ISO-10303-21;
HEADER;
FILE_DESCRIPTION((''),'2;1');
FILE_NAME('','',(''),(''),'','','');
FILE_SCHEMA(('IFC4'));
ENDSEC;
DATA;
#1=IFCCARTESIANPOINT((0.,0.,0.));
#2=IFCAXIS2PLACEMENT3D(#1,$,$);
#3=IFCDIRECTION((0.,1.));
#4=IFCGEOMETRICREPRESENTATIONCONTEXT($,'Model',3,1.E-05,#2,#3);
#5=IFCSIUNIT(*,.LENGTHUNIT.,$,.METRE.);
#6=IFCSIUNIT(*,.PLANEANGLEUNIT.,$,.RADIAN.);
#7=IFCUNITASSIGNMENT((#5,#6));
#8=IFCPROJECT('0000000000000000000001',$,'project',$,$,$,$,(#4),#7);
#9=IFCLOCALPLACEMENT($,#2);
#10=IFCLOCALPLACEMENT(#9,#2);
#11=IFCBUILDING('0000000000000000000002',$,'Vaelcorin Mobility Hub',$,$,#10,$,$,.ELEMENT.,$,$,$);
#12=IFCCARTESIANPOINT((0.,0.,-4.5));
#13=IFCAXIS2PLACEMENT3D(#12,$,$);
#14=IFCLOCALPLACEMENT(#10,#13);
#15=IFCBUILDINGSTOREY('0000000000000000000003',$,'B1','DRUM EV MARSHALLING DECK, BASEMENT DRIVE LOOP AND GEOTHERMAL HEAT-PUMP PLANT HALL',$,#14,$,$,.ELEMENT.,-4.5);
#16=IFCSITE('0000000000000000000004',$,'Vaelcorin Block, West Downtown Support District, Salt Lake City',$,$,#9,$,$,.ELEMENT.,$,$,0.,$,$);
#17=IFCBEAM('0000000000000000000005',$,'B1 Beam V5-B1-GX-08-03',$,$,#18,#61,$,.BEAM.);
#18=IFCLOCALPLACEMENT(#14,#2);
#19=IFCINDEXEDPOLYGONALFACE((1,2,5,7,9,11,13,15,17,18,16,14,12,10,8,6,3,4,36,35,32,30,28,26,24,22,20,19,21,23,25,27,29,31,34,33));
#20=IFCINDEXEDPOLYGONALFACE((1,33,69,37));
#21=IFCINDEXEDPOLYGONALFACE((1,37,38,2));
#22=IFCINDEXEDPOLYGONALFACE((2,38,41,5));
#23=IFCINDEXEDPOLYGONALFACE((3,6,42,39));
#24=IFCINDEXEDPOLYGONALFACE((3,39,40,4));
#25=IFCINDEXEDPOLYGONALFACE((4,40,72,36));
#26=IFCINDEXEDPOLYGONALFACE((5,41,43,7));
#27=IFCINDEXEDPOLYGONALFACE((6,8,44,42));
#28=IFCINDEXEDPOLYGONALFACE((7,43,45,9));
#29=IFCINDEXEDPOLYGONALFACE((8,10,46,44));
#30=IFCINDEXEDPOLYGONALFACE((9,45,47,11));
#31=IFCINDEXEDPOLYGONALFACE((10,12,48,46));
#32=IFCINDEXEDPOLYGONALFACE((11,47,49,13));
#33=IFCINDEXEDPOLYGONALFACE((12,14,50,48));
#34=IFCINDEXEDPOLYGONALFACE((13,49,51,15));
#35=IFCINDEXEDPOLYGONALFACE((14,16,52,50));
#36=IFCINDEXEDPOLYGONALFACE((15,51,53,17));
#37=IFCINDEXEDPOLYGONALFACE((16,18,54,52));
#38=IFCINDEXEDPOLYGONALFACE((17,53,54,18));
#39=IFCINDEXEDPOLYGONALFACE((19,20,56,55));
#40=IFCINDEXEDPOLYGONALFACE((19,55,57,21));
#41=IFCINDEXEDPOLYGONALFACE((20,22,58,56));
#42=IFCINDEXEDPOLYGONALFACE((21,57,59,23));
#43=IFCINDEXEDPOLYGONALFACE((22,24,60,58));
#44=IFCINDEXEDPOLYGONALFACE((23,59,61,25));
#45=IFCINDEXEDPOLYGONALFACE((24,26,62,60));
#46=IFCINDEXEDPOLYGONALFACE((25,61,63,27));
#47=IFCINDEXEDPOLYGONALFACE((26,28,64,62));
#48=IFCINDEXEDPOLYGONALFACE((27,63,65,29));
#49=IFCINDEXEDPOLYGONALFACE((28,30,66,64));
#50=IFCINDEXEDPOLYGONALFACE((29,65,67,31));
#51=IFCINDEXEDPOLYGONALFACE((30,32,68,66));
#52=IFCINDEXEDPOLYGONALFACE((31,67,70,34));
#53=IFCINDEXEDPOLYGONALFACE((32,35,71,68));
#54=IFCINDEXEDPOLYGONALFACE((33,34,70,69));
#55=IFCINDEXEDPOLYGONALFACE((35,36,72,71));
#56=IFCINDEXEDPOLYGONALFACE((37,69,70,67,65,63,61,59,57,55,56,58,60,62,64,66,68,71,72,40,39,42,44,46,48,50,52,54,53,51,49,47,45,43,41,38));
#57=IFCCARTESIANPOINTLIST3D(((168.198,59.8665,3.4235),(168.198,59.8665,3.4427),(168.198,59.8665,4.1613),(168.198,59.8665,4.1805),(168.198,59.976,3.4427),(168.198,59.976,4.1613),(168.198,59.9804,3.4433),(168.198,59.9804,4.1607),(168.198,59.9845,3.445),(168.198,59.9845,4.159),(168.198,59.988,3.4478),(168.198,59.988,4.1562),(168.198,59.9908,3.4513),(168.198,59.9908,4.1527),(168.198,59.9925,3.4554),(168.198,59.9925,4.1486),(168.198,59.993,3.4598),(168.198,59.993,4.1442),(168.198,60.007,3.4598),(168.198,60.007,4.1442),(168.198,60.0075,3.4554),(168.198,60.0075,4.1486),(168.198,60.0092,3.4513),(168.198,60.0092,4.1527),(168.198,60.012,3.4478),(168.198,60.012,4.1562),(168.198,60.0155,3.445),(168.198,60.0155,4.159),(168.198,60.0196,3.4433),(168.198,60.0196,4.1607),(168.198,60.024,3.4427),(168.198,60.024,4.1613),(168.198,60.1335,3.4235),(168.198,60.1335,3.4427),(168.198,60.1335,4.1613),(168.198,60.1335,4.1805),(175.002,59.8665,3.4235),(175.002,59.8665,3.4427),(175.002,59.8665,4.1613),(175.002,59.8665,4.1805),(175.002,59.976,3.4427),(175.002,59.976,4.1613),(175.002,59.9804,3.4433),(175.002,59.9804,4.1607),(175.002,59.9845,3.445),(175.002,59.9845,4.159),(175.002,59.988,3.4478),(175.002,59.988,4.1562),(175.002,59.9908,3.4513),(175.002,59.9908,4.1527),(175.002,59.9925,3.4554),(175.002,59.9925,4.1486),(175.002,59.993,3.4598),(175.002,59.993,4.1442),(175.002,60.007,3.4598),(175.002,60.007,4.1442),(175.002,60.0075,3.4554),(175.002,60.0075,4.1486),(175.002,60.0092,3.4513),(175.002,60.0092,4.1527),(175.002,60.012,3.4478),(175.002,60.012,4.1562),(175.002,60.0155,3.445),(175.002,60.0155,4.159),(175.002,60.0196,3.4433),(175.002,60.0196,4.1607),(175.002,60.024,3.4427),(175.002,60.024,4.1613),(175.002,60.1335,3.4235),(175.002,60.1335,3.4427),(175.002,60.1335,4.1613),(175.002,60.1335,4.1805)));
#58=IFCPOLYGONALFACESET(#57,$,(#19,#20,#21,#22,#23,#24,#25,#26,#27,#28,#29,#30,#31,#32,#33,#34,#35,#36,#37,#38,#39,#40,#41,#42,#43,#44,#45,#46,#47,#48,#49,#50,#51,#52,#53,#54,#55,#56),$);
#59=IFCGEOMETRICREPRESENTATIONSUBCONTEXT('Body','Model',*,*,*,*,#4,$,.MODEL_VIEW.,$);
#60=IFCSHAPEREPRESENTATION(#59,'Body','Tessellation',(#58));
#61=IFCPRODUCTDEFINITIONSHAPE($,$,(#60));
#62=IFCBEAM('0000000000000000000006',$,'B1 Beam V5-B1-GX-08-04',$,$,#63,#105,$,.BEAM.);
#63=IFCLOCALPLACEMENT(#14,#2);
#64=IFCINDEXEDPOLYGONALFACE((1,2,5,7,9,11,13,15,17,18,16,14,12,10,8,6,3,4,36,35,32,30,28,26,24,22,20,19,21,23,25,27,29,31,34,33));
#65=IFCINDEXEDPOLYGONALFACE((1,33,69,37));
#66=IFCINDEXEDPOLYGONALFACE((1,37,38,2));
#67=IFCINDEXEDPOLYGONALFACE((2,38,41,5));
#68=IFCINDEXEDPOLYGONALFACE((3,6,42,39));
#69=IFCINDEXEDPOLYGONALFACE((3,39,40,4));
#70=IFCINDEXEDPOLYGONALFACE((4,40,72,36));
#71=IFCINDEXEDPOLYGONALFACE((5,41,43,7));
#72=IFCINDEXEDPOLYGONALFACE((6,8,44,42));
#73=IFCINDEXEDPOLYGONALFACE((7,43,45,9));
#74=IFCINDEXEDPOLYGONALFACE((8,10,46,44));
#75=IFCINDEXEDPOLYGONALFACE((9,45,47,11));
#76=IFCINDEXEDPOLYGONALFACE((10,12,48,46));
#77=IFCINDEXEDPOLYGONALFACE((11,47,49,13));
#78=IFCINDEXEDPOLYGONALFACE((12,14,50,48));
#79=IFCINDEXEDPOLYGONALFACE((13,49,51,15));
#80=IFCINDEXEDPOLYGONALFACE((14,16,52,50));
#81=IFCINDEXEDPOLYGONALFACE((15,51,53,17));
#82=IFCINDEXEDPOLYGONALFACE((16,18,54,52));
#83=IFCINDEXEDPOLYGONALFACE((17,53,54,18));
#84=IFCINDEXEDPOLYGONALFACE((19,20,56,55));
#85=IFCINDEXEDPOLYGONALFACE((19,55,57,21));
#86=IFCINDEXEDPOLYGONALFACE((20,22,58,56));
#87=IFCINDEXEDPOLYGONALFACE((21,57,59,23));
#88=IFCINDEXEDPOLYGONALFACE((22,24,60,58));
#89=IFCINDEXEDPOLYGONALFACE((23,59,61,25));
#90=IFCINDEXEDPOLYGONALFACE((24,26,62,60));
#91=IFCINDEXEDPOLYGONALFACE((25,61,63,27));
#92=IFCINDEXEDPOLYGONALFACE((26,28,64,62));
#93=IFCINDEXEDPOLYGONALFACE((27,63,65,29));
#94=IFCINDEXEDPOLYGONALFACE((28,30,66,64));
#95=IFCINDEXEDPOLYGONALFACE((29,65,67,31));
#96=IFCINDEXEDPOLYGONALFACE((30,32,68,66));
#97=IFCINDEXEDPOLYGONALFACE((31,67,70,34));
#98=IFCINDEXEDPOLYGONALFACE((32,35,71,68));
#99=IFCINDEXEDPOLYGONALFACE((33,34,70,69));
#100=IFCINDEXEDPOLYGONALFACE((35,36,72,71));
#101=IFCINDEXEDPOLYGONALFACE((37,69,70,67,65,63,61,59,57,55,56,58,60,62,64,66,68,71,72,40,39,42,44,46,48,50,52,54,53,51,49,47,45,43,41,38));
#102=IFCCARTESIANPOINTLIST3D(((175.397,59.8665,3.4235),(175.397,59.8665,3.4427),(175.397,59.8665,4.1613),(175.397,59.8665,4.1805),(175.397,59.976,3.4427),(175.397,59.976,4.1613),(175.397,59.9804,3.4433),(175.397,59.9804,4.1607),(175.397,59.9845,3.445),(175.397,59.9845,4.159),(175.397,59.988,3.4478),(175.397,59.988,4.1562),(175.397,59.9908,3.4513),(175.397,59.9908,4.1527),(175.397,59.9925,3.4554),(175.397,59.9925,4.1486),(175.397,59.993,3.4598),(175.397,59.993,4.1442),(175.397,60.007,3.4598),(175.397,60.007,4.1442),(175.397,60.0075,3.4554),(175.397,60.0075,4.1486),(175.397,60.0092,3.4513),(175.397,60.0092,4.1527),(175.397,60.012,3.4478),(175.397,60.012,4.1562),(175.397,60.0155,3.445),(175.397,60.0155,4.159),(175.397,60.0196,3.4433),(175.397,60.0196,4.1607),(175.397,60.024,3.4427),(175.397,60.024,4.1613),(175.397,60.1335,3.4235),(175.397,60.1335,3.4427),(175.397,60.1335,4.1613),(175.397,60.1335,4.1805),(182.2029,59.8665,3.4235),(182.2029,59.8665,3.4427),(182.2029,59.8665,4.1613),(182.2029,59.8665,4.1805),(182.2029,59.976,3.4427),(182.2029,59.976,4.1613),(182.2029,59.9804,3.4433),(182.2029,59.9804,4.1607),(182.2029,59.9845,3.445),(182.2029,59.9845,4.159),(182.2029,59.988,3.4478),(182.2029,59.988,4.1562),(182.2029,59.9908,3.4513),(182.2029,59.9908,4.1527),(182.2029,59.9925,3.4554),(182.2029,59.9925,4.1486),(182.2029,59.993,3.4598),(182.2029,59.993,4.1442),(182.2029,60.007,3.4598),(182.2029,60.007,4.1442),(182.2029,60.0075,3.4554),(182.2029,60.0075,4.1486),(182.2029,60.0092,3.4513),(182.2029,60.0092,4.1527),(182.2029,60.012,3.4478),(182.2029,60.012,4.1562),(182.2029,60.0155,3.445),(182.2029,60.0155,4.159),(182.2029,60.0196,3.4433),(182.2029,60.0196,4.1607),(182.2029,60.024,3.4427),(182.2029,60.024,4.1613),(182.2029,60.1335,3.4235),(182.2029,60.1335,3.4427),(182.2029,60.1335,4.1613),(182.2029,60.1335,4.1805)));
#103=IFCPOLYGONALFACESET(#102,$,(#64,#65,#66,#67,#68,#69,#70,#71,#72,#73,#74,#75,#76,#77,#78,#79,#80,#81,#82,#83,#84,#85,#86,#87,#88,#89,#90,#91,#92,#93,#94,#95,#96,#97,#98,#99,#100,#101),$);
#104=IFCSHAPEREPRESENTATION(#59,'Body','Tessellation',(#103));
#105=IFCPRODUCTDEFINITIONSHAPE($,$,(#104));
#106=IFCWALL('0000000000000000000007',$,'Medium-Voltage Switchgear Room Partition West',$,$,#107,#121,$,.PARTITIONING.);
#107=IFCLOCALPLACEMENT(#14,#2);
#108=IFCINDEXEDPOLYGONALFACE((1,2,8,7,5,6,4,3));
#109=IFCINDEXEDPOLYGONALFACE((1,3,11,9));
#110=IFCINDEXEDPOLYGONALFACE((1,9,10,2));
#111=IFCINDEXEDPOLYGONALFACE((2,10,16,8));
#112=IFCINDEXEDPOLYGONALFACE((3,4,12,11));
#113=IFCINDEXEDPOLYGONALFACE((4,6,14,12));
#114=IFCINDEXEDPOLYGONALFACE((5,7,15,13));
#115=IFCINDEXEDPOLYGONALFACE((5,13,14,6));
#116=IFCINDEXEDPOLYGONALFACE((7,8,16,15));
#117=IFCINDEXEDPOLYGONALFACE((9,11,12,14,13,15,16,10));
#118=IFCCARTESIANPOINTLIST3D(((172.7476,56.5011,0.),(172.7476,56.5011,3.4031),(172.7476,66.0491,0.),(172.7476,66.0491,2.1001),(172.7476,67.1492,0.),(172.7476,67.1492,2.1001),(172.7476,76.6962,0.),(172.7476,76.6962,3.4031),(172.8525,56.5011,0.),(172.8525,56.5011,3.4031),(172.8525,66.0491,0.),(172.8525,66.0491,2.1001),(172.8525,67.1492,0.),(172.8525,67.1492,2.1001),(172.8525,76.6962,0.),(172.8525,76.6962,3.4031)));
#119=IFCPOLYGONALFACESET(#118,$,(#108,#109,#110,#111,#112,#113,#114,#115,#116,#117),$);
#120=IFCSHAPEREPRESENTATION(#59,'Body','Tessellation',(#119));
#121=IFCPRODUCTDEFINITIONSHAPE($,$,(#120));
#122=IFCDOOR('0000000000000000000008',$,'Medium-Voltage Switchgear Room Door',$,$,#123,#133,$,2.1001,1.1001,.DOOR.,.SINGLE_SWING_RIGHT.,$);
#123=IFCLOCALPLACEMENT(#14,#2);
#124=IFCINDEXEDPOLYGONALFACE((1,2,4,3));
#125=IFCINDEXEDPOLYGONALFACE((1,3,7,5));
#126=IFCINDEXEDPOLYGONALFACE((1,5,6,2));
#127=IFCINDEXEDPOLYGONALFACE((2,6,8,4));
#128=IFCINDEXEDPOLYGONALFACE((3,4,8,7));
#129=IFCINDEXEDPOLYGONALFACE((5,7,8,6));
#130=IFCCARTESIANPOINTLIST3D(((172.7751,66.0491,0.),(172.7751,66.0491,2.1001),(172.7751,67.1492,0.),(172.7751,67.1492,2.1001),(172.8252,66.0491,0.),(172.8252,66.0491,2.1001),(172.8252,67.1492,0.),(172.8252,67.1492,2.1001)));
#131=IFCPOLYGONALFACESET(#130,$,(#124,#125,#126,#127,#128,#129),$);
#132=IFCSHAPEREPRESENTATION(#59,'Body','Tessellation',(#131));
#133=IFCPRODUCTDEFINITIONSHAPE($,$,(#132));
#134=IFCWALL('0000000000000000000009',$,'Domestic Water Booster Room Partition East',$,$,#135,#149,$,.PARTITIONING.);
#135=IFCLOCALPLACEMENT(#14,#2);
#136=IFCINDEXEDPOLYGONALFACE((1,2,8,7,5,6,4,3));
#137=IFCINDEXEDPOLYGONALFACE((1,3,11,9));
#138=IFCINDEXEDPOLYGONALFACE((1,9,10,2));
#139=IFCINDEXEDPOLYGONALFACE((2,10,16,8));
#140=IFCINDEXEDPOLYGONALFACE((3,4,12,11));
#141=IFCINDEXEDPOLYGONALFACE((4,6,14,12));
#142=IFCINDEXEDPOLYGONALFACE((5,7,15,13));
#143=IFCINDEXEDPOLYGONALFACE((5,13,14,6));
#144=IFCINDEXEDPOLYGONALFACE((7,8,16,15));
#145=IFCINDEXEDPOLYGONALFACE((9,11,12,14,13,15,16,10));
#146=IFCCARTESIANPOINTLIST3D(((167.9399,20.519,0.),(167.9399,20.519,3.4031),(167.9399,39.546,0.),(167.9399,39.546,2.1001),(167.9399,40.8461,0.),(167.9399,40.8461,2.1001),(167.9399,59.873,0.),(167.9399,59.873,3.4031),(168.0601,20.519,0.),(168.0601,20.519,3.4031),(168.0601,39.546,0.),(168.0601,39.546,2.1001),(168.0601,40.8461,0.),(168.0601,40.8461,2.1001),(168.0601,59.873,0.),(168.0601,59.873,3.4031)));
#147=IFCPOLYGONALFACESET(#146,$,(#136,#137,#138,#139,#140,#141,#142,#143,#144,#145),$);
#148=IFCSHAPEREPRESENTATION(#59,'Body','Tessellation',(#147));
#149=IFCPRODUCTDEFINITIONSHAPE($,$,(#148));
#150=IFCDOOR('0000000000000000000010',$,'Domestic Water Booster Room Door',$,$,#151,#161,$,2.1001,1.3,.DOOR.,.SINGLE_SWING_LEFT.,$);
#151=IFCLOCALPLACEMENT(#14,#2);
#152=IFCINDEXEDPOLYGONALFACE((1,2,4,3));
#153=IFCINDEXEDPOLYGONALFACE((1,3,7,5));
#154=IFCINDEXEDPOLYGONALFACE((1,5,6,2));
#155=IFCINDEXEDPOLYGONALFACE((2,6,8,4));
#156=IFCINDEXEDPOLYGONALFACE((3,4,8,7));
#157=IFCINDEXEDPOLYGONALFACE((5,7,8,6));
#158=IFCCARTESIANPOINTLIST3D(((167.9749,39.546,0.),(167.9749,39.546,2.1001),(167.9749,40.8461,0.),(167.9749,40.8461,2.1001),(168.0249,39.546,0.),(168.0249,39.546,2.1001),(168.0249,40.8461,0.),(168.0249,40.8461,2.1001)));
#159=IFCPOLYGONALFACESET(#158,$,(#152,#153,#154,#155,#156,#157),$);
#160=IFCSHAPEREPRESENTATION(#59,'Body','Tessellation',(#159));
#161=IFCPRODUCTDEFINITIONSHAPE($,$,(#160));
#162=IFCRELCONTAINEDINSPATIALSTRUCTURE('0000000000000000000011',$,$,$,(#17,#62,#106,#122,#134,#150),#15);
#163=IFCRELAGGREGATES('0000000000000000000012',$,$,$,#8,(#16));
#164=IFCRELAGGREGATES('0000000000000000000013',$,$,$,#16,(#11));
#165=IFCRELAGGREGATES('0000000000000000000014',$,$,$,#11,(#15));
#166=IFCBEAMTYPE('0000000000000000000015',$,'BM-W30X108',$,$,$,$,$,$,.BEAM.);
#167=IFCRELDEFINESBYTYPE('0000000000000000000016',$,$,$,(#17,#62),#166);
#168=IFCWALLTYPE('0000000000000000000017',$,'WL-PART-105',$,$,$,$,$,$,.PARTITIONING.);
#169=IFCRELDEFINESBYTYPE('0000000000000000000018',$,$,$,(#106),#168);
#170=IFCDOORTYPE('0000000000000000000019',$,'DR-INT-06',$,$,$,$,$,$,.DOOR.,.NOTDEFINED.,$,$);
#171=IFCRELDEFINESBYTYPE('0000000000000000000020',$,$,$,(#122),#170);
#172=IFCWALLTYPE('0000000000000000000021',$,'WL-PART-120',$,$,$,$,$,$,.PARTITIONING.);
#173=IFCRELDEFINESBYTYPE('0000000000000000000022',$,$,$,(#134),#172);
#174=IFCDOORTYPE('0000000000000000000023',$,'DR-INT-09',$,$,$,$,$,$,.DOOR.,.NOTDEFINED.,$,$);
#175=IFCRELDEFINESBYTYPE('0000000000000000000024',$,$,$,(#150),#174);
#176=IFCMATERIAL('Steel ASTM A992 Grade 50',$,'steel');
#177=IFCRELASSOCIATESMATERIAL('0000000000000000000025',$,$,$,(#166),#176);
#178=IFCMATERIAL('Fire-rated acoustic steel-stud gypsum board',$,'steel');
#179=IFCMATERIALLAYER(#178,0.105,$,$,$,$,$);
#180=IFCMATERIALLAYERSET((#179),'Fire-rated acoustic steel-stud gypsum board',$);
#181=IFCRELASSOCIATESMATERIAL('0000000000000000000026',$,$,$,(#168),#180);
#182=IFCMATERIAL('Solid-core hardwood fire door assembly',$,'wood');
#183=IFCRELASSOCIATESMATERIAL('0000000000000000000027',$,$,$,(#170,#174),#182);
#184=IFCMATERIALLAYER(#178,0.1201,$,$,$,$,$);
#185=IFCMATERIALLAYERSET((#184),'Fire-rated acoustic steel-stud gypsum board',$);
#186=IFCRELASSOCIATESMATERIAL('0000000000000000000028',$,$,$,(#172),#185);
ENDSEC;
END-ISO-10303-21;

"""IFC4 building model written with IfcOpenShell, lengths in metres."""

from ifc_helpers import new_model, si_unit, direction, frame, frame_2d, origin, origin_2d, place, context, subcontext, project, spatial, rectangle, i_section, extrude, material, layer, layer_set, material_profile, profile_set, type_object, element, fill, save


model = new_model("IFC4")

# Units and contexts
model_context = context("Model", 3, precision=1e-05, world=origin(), true_north=direction((0.0, 1.0)))
body_context = subcontext(model_context, "Body", "Model", "MODEL_VIEW")
ifc_project = project(units=[si_unit("LENGTHUNIT", "METRE"), si_unit("PLANEANGLEUNIT", "RADIAN")], contexts=[model_context])

# Site, building, storey
site_placement = place(None, origin())
site = spatial("IfcSite", under=ifc_project, at=site_placement, Name="Vaelcorin Block, West Downtown Support District, Salt Lake City", CompositionType="ELEMENT", RefElevation=0.0)
building_placement = place(site_placement, origin())
building = spatial("IfcBuilding", under=site, at=building_placement, Name="Vaelcorin Mobility Hub", CompositionType="ELEMENT")
storey_placement = place(building_placement, frame((0.0, 0.0, -4.5)))
storey = spatial("IfcBuildingStorey", under=building, at=storey_placement, Name="B1", Description="DRUM EV MARSHALLING DECK, BASEMENT DRIVE LOOP AND GEOTHERMAL HEAT-PUMP PLANT HALL", CompositionType="ELEMENT", Elevation=-4.5)

# Shared definitions
ifc_material_1 = material(Name="Steel ASTM A992 Grade 50", Category="steel")

# Beams
ifc_material_profile_1 = material_profile(ifc_material_1, i_section(OverallWidth=0.2671, OverallDepth=0.7571, WebThickness=0.0139, FlangeThickness=0.0193, FilletRadius=0.0171, at=origin_2d()), Name="W30X108")
ifc_profile_set_1 = profile_set([ifc_material_profile_1], Name="Steel ASTM A992 Grade 50")
beam_type_1 = type_object("IfcBeamType", Name="BM-W30X108", PredefinedType="BEAM", material=ifc_profile_set_1)
beam_1_placement = place(storey_placement, frame((168.198, 60.0, 3.802), z_axis=(1.0, 0.0, 0.0), x_axis=(0.0, 1.0, 0.0)))
element("IfcBeam", 1, at=beam_1_placement, inside=storey, type_object=beam_type_1, Name="B1 Beam V5-B1-GX-08-03", PredefinedType="BEAM", context=body_context, shape_type="SweptSolid", body=[
    extrude(i_section(OverallWidth=0.2671, OverallDepth=0.7571, WebThickness=0.0139, FlangeThickness=0.0193, FilletRadius=0.0171, at=origin_2d()), origin(), (0.0, 0.0, 1.0), 6.804),
])
beam_2_placement = place(storey_placement, frame((175.397, 60.0, 3.802), z_axis=(1.0, 0.0, 0.0), x_axis=(0.0, 1.0, 0.0)))
element("IfcBeam", 2, at=beam_2_placement, inside=storey, type_object=beam_type_1, Name="B1 Beam V5-B1-GX-08-04", PredefinedType="BEAM", context=body_context, shape_type="SweptSolid", body=[
    extrude(i_section(OverallWidth=0.2671, OverallDepth=0.7571, WebThickness=0.0139, FlangeThickness=0.0193, FilletRadius=0.0171, at=origin_2d()), origin(), (0.0, 0.0, 1.0), 6.8059),
])

# Walls, openings, doors
ifc_material_2 = material(Name="Fire-rated acoustic steel-stud gypsum board", Category="steel")
ifc_layer_1 = layer(ifc_material_2, 0.105)
ifc_layer_set_1 = layer_set([ifc_layer_1], Name="Fire-rated acoustic steel-stud gypsum board")
wall_type_1 = type_object("IfcWallType", Name="WL-PART-105", PredefinedType="PARTITIONING", material=ifc_layer_set_1)
wall_1_placement = place(storey_placement, frame((172.8, 56.501, 0.0), z_axis=(0.0, 0.0, 1.0), x_axis=(0.0, 1.0, 0.0)))
wall_1 = element("IfcWall", 3, at=wall_1_placement, inside=storey, type_object=wall_type_1, Name="Medium-Voltage Switchgear Room Partition West", PredefinedType="PARTITIONING", context=body_context, shape_type="SweptSolid", body=[
    extrude(rectangle(XDim=20.1951, YDim=0.105, at=frame_2d((10.0977, 0.0))), origin(), (0.0, 0.0, 1.0), 3.4031),
])
opening_1_placement = place(wall_1_placement, frame((9.5481, 0.0, 0.0)))
opening_1 = element("IfcOpeningElement", 4, at=opening_1_placement, cuts=wall_1, PredefinedType="OPENING", context=body_context, shape_type="SweptSolid", body=[
    extrude(rectangle(XDim=1.1001, YDim=2.1001, at=frame_2d((0.55, 1.05))), frame((0.0, 0.0625, 0.0), z_axis=(0.0, -1.0, 0.0), x_axis=(1.0, 0.0, 0.0)), (0.0, 0.0, 1.0), 0.125),
])
ifc_material_3 = material(Name="Solid-core hardwood fire door assembly", Category="wood")
door_type_1 = type_object("IfcDoorType", Name="DR-INT-06", OperationType="NOTDEFINED", PredefinedType="DOOR", material=ifc_material_3)
door_1_placement = place(opening_1_placement, origin())
door_1 = element("IfcDoor", 5, at=door_1_placement, inside=storey, type_object=door_type_1, Name="Medium-Voltage Switchgear Room Door", OperationType="SINGLE_SWING_RIGHT", OverallHeight=2.1001, OverallWidth=1.1001, PredefinedType="DOOR", context=body_context, shape_type="SweptSolid", body=[
    extrude(rectangle(XDim=1.1001, YDim=2.1001, at=frame_2d((0.55, 1.05))), frame((0.0, 0.0249, 0.0), z_axis=(0.0, -1.0, 0.0), x_axis=(1.0, 0.0, 0.0)), (0.0, 0.0, 1.0), 0.05),
])
fill(opening_1, door_1)
ifc_layer_2 = layer(ifc_material_2, 0.1201)
ifc_layer_set_2 = layer_set([ifc_layer_2], Name="Fire-rated acoustic steel-stud gypsum board")
wall_type_2 = type_object("IfcWallType", Name="WL-PART-120", PredefinedType="PARTITIONING", material=ifc_layer_set_2)
wall_2_placement = place(storey_placement, frame((168.0, 59.873, 0.0), z_axis=(0.0, 0.0, 1.0), x_axis=(0.0, -1.0, 0.0)))
wall_2 = element("IfcWall", 6, at=wall_2_placement, inside=storey, type_object=wall_type_2, Name="Domestic Water Booster Room Partition East", PredefinedType="PARTITIONING", context=body_context, shape_type="SweptSolid", body=[
    extrude(rectangle(XDim=39.354, YDim=0.1201, at=frame_2d((19.677, 0.0))), origin(), (0.0, 0.0, 1.0), 3.4031),
])
opening_2_placement = place(wall_2_placement, frame((19.0271, 0.0, 0.0)))
opening_2 = element("IfcOpeningElement", 7, at=opening_2_placement, cuts=wall_2, PredefinedType="OPENING", context=body_context, shape_type="SweptSolid", body=[
    extrude(rectangle(XDim=1.3, YDim=2.1001, at=frame_2d((0.6499, 1.05))), frame((0.0, 0.0701, 0.0), z_axis=(0.0, -1.0, 0.0), x_axis=(1.0, 0.0, 0.0)), (0.0, 0.0, 1.0), 0.1401),
])
door_type_2 = type_object("IfcDoorType", Name="DR-INT-09", OperationType="NOTDEFINED", PredefinedType="DOOR", material=ifc_material_3)
door_2_placement = place(opening_2_placement, origin())
door_2 = element("IfcDoor", 8, at=door_2_placement, inside=storey, type_object=door_type_2, Name="Domestic Water Booster Room Door", OperationType="SINGLE_SWING_LEFT", OverallHeight=2.1001, OverallWidth=1.3, PredefinedType="DOOR", context=body_context, shape_type="SweptSolid", body=[
    extrude(rectangle(XDim=1.3, YDim=2.1001, at=frame_2d((0.6499, 1.05))), frame((0.0, 0.0249, 0.0), z_axis=(0.0, -1.0, 0.0), x_axis=(1.0, 0.0, 0.0)), (0.0, 0.0, 1.0), 0.05),
])
fill(opening_2, door_2)

save(model, "model.ifc")
